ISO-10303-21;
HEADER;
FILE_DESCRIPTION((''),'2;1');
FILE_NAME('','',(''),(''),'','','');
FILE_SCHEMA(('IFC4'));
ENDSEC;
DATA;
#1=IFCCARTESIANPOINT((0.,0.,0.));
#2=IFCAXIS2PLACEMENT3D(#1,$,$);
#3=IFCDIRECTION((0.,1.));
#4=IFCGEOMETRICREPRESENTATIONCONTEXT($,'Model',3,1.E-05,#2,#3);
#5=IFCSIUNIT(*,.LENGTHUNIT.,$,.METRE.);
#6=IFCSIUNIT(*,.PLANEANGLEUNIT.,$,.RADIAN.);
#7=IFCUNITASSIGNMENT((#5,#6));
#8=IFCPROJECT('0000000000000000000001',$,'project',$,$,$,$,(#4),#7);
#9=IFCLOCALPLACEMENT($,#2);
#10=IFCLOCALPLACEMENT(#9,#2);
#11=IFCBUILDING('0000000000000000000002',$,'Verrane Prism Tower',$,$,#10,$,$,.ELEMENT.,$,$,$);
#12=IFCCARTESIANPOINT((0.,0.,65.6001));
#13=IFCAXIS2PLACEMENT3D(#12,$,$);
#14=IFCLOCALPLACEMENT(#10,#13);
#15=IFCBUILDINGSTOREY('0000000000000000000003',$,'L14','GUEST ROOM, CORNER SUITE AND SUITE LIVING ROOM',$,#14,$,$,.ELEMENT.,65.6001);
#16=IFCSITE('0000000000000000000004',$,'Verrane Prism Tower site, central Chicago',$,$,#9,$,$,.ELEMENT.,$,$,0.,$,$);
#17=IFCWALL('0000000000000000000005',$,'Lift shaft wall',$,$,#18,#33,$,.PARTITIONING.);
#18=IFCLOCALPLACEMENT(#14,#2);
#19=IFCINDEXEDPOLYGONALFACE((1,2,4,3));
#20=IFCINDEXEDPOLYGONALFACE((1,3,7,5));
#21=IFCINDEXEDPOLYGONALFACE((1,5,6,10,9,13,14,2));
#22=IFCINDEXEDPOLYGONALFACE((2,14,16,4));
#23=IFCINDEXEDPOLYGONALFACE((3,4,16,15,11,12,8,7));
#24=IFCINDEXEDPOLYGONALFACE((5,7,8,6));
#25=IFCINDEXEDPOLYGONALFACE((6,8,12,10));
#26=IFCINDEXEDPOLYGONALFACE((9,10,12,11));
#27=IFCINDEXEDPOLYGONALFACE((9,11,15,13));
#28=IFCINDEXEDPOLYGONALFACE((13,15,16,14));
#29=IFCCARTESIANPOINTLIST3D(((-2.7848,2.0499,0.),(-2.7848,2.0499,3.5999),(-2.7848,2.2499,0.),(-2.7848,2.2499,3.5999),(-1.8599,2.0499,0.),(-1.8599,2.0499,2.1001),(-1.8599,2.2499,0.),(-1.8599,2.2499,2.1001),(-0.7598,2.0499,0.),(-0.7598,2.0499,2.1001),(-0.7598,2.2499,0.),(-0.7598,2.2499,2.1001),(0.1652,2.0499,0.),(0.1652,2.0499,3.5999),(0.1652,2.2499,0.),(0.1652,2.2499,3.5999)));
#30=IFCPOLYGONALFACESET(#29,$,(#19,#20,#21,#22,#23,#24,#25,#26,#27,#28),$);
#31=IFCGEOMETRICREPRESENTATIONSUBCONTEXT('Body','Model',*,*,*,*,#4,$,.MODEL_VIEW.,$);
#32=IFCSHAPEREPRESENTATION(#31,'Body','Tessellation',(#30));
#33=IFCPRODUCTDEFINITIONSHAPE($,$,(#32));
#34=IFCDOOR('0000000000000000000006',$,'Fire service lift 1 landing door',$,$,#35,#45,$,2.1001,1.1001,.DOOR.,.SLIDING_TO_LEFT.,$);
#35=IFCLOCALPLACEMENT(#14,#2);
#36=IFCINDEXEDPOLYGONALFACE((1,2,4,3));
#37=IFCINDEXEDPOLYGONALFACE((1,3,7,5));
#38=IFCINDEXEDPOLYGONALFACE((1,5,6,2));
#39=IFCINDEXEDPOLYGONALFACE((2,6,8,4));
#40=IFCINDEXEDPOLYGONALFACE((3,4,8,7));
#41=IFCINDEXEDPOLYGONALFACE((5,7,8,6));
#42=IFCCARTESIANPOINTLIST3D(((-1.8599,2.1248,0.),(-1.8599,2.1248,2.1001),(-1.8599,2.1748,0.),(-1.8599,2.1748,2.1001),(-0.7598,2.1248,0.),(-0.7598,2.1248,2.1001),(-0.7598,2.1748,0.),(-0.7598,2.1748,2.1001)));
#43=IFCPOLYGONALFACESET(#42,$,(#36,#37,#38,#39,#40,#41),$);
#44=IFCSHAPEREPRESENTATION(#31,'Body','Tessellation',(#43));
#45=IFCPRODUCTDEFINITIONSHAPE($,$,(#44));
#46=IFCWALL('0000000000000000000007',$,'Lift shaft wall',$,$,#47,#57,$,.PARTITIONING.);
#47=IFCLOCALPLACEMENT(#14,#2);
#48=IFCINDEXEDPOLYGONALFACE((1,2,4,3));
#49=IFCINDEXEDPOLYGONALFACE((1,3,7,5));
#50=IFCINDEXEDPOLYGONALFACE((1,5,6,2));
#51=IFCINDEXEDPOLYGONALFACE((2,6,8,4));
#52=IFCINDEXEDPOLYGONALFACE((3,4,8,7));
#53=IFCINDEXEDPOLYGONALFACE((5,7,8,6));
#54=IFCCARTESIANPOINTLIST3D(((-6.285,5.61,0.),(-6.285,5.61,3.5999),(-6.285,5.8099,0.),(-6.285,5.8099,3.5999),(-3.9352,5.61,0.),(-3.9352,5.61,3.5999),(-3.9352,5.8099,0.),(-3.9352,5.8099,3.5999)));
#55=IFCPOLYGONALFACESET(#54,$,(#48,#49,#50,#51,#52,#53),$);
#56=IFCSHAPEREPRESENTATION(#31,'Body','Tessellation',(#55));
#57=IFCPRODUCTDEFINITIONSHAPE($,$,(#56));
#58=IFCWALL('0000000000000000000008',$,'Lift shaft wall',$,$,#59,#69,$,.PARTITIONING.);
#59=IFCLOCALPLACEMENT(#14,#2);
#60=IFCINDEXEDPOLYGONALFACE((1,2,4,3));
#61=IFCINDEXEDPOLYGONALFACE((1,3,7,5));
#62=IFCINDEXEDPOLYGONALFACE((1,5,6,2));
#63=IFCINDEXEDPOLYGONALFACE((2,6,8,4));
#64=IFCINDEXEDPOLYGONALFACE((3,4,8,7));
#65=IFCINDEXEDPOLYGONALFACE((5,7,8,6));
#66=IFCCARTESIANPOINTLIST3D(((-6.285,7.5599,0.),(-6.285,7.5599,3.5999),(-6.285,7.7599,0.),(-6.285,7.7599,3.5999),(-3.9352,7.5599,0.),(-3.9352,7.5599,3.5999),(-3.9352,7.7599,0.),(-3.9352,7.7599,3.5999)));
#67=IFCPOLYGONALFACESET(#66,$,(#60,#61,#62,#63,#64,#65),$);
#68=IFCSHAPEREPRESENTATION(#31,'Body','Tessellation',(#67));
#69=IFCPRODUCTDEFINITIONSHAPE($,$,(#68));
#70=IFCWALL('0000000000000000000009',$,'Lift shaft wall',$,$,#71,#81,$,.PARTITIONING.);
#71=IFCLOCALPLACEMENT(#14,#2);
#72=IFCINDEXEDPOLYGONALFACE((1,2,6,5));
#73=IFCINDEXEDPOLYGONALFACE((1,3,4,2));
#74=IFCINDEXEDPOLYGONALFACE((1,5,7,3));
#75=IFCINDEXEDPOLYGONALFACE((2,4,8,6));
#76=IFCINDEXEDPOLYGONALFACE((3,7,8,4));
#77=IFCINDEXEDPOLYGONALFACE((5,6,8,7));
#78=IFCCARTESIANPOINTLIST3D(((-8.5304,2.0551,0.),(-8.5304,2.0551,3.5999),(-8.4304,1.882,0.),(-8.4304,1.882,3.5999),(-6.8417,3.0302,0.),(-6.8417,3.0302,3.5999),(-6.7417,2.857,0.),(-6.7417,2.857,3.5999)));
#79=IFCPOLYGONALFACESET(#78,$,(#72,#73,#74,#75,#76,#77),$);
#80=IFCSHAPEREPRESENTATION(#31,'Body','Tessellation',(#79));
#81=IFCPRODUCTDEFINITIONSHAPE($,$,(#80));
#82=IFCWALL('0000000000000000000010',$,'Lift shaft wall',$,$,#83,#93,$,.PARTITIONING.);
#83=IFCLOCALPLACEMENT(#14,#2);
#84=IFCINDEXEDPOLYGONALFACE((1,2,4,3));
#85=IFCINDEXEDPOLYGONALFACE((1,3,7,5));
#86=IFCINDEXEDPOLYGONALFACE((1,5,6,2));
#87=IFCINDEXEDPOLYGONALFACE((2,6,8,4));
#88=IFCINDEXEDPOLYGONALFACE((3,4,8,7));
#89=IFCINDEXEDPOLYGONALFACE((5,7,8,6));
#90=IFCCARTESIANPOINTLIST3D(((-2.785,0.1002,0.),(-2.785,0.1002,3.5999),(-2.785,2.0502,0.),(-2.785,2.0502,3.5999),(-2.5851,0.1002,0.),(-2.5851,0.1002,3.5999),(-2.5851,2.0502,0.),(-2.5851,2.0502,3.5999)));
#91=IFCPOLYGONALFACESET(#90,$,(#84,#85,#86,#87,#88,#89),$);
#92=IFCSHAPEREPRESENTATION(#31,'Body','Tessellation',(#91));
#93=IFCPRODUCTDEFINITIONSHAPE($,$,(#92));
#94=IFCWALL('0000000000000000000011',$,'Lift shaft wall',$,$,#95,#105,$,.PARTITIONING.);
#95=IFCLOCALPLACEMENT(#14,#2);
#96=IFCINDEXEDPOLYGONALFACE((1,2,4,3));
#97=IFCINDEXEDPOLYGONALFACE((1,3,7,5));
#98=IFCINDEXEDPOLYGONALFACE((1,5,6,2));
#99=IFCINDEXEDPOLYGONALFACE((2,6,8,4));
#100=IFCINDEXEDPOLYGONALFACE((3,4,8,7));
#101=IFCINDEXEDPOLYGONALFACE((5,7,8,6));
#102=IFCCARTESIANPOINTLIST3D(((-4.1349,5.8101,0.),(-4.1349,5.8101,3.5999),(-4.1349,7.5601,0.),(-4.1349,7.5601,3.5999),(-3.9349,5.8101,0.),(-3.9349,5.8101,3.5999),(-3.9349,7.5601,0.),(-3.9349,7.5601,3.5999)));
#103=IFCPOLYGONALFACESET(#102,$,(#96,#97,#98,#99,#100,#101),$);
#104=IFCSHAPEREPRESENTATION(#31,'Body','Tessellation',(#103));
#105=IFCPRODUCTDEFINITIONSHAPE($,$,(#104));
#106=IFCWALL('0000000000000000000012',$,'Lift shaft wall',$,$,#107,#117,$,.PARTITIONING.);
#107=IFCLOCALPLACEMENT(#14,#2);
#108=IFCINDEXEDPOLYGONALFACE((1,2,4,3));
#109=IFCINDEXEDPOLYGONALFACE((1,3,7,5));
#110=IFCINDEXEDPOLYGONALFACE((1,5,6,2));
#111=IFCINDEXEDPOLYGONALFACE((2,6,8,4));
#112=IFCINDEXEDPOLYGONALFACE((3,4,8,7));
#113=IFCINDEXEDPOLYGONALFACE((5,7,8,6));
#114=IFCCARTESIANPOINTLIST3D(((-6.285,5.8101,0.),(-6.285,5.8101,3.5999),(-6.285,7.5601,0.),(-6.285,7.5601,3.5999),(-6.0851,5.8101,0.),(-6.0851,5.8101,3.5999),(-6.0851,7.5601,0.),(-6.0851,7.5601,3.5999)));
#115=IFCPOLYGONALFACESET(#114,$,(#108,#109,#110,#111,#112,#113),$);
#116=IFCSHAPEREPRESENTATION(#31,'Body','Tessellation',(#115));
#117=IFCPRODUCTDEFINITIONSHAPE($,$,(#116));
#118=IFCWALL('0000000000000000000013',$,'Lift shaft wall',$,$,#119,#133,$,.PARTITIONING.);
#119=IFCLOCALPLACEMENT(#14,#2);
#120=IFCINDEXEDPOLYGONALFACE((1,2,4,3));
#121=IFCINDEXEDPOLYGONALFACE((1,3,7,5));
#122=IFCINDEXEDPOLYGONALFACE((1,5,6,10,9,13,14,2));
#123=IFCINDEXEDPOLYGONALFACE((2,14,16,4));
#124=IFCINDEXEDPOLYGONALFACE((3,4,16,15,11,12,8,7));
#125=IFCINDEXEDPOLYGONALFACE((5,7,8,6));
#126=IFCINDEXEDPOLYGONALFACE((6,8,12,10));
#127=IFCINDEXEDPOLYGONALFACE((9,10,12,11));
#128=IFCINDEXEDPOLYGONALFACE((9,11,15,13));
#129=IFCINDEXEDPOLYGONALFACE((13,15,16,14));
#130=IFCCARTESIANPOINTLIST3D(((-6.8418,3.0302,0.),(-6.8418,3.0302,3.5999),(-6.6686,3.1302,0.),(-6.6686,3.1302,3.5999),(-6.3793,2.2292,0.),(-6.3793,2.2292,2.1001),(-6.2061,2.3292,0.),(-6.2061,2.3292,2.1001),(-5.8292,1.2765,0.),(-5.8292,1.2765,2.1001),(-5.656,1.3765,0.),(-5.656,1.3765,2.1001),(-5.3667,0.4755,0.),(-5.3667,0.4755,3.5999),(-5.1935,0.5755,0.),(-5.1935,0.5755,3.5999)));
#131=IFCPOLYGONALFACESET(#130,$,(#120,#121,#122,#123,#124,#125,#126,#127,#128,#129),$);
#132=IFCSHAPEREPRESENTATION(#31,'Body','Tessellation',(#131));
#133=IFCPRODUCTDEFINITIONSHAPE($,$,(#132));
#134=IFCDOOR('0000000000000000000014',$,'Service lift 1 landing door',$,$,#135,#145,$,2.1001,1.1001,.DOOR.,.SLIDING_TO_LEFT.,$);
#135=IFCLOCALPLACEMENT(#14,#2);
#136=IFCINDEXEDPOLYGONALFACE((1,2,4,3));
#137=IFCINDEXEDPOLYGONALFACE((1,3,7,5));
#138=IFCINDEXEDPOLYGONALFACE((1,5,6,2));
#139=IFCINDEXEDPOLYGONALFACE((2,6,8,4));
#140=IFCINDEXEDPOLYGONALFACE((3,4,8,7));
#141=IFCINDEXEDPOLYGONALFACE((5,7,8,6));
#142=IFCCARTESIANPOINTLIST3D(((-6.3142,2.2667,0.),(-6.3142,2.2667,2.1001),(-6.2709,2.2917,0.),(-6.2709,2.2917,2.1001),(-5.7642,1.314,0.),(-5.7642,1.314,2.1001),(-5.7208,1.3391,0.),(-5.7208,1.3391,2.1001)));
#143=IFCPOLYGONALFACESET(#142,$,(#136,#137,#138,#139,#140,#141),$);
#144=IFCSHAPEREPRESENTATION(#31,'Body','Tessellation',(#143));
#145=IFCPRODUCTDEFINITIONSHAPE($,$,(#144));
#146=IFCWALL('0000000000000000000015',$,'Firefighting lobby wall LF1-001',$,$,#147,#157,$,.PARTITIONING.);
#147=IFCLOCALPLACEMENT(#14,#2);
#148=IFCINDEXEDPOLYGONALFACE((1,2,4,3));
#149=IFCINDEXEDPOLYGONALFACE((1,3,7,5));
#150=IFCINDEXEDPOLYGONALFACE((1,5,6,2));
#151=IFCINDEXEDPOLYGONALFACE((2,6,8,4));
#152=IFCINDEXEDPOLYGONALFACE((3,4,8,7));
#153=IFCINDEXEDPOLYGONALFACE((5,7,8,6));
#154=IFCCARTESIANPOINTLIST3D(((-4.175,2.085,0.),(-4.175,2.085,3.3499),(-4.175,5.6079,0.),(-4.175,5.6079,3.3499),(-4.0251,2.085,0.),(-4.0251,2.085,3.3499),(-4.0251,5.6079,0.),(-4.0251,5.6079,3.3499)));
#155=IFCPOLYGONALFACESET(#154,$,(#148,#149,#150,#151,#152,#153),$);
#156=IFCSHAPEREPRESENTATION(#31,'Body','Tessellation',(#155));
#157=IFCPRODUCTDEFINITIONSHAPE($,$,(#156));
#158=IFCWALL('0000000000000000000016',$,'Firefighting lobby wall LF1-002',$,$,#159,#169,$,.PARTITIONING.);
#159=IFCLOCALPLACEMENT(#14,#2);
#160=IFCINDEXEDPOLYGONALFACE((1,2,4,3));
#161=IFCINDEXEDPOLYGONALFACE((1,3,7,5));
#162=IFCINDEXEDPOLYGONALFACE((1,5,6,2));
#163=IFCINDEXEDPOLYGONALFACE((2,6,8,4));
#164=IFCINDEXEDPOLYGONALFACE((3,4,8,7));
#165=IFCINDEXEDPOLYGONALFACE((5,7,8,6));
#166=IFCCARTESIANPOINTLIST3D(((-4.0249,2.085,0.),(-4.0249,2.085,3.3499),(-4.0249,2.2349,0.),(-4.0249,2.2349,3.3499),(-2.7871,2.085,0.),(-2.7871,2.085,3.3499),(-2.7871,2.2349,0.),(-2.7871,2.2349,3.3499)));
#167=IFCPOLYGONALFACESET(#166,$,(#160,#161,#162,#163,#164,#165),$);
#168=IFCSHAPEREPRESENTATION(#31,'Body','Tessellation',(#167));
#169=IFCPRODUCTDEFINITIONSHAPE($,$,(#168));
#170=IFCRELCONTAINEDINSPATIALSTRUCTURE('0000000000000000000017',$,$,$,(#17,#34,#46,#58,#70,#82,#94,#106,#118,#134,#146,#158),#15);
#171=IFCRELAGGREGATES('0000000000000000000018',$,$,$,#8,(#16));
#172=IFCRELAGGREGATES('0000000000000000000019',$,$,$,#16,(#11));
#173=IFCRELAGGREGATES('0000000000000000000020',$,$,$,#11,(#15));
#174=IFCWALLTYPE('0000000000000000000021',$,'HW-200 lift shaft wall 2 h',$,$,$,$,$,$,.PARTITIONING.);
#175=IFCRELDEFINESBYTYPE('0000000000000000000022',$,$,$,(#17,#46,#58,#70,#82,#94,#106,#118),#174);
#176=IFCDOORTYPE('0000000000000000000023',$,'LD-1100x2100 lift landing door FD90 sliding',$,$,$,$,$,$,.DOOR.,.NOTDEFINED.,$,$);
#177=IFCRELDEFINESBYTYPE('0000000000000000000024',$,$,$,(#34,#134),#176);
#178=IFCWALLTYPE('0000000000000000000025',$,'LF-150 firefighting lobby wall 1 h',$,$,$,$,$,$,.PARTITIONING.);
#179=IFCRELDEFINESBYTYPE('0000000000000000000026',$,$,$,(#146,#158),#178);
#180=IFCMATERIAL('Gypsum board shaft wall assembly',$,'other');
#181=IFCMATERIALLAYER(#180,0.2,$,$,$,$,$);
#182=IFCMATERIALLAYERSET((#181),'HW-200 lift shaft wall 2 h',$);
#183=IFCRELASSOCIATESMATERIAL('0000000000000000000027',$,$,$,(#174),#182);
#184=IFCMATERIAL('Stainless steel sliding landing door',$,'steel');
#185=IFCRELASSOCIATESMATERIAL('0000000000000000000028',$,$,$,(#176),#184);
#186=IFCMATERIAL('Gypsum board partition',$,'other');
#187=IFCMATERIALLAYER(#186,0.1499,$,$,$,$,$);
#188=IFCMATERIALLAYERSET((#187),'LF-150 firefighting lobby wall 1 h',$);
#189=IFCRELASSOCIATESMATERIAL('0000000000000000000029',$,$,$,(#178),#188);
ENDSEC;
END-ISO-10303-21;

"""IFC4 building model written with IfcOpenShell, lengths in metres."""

from ifc_helpers import new_model, si_unit, direction, frame, frame_2d, origin, place, context, subcontext, project, spatial, rectangle, extrude, material, layer, layer_set, type_object, element, fill, save


model = new_model("IFC4")

# Units and contexts
model_context = context("Model", 3, precision=1e-05, world=origin(), true_north=direction((0.0, 1.0)))
body_context = subcontext(model_context, "Body", "Model", "MODEL_VIEW")
ifc_project = project(units=[si_unit("LENGTHUNIT", "METRE"), si_unit("PLANEANGLEUNIT", "RADIAN")], contexts=[model_context])

# Site, building, storey
site_placement = place(None, origin())
site = spatial("IfcSite", under=ifc_project, at=site_placement, Name="Verrane Prism Tower site, central Chicago", CompositionType="ELEMENT", RefElevation=0.0)
building_placement = place(site_placement, origin())
building = spatial("IfcBuilding", under=site, at=building_placement, Name="Verrane Prism Tower", CompositionType="ELEMENT")
storey_placement = place(building_placement, frame((0.0, 0.0, 65.6001)))
storey = spatial("IfcBuildingStorey", under=building, at=storey_placement, Name="L14", Description="GUEST ROOM, CORNER SUITE AND SUITE LIVING ROOM", CompositionType="ELEMENT", Elevation=65.6001)

# Wall, opening, door
ifc_material_1 = material(Name="Gypsum board shaft wall assembly", Category="other")
ifc_layer_1 = layer(ifc_material_1, 0.2)
ifc_layer_set_1 = layer_set([ifc_layer_1], Name="HW-200 lift shaft wall 2 h")
wall_type_1 = type_object("IfcWallType", Name="HW-200 lift shaft wall 2 h", PredefinedType="PARTITIONING", material=ifc_layer_set_1)
wall_1_placement = place(storey_placement, frame((-2.7849, 2.1499, 0.0), z_axis=(0.0, 0.0, 1.0), x_axis=(1.0, 0.0, 0.0)))
wall_1 = element("IfcWall", 1, at=wall_1_placement, inside=storey, type_object=wall_type_1, Name="Lift shaft wall", PredefinedType="PARTITIONING", context=body_context, shape_type="SweptSolid", body=[
    extrude(rectangle(XDim=2.95, YDim=0.2, at=frame_2d((1.4751, 0.0))), origin(), (0.0, 0.0, 1.0), 3.5999),
])
opening_1_placement = place(wall_1_placement, frame((0.925, 0.0, 0.0)))
opening_1 = element("IfcOpeningElement", 2, at=opening_1_placement, cuts=wall_1, PredefinedType="OPENING", context=body_context, shape_type="SweptSolid", body=[
    extrude(rectangle(XDim=1.1001, YDim=2.1001, at=frame_2d((0.55, 1.05))), frame((0.0, 0.1099, 0.0), z_axis=(0.0, -1.0, 0.0), x_axis=(1.0, 0.0, 0.0)), (0.0, 0.0, 1.0), 0.22),
])
ifc_material_2 = material(Name="Stainless steel sliding landing door", Category="steel")
door_type_1 = type_object("IfcDoorType", Name="LD-1100x2100 lift landing door FD90 sliding", OperationType="NOTDEFINED", PredefinedType="DOOR", material=ifc_material_2)
door_1_placement = place(opening_1_placement, origin())
door_1 = element("IfcDoor", 3, at=door_1_placement, inside=storey, type_object=door_type_1, Name="Fire service lift 1 landing door", OperationType="SLIDING_TO_LEFT", OverallHeight=2.1001, OverallWidth=1.1001, PredefinedType="DOOR", context=body_context, shape_type="SweptSolid", body=[
    extrude(rectangle(XDim=1.1001, YDim=2.1001, at=frame_2d((0.55, 1.05))), frame((0.0, 0.0249, 0.0), z_axis=(0.0, -1.0, 0.0), x_axis=(1.0, 0.0, 0.0)), (0.0, 0.0, 1.0), 0.05),
])
fill(opening_1, door_1)

# Walls
for number, where, z_axis, x_axis, name in (
    (4, (-6.2849, 5.71, 0.0), (0.0, 0.0, 1.0), (1.0, 0.0, 0.0), "Lift shaft wall"),
    (5, (-6.2849, 7.6599, 0.0), (0.0, 0.0, 1.0), (1.0, 0.0, 0.0), "Lift shaft wall"),
):
    element("IfcWall", number, at=place(storey_placement, frame(where, z_axis=z_axis, x_axis=x_axis)), inside=storey, type_object=wall_type_1, Name=name, PredefinedType="PARTITIONING", context=body_context, shape_type="SweptSolid", body=[
        extrude(rectangle(XDim=2.3499, YDim=0.2, at=frame_2d((1.1748, 0.0))), origin(), (0.0, 0.0, 1.0), 3.5999),
    ])
for number, where, z_axis, x_axis, name in (
    (6, (-8.4805, 1.9685, 0.0), (0.0, 0.0, 1.0), (0.866, 0.500044, 0.0), "Lift shaft wall"),
    (7, (-2.6851, 0.1001, 0.0), (0.0, 0.0, 1.0), (0.0, 1.0, 0.0), "Lift shaft wall"),
):
    element("IfcWall", number, at=place(storey_placement, frame(where, z_axis=z_axis, x_axis=x_axis)), inside=storey, type_object=wall_type_1, Name=name, PredefinedType="PARTITIONING", context=body_context, shape_type="SweptSolid", body=[
        extrude(rectangle(XDim=1.95, YDim=0.2, at=frame_2d((0.9751, 0.0))), origin(), (0.0, 0.0, 1.0), 3.5999),
    ])
for number, where, z_axis, x_axis, name in (
    (8, (-4.0349, 5.8101, 0.0), (0.0, 0.0, 1.0), (0.0, 1.0, 0.0), "Lift shaft wall"),
    (9, (-6.1851, 5.8101, 0.0), (0.0, 0.0, 1.0), (0.0, 1.0, 0.0), "Lift shaft wall"),
):
    element("IfcWall", number, at=place(storey_placement, frame(where, z_axis=z_axis, x_axis=x_axis)), inside=storey, type_object=wall_type_1, Name=name, PredefinedType="PARTITIONING", context=body_context, shape_type="SweptSolid", body=[
        extrude(rectangle(XDim=1.75, YDim=0.2, at=frame_2d((0.875, 0.0))), origin(), (0.0, 0.0, 1.0), 3.5999),
    ])

# Wall, opening, door
wall_2_placement = place(storey_placement, frame((-5.28, 0.5254, 0.0), z_axis=(0.0, 0.0, 1.0), x_axis=(-0.500038, 0.866004, 0.0)))
wall_2 = element("IfcWall", 10, at=wall_2_placement, inside=storey, type_object=wall_type_1, Name="Lift shaft wall", PredefinedType="PARTITIONING", context=body_context, shape_type="SweptSolid", body=[
    extrude(rectangle(XDim=2.95, YDim=0.2, at=frame_2d((1.4751, 0.0))), origin(), (0.0, 0.0, 1.0), 3.5999),
])
opening_2_placement = place(wall_2_placement, frame((0.925, 0.0, 0.0)))
opening_2 = element("IfcOpeningElement", 11, at=opening_2_placement, cuts=wall_2, PredefinedType="OPENING", context=body_context, shape_type="SweptSolid", body=[
    extrude(rectangle(XDim=1.1001, YDim=2.1001, at=frame_2d((0.55, 1.05))), frame((0.0, 0.1099, 0.0), z_axis=(0.0, -1.0, 0.0), x_axis=(1.0, 0.0, 0.0)), (0.0, 0.0, 1.0), 0.22),
])
door_2_placement = place(opening_2_placement, origin())
door_2 = element("IfcDoor", 12, at=door_2_placement, inside=storey, type_object=door_type_1, Name="Service lift 1 landing door", OperationType="SLIDING_TO_LEFT", OverallHeight=2.1001, OverallWidth=1.1001, PredefinedType="DOOR", context=body_context, shape_type="SweptSolid", body=[
    extrude(rectangle(XDim=1.1001, YDim=2.1001, at=frame_2d((0.55, 1.05))), frame((0.0, 0.0249, 0.0), z_axis=(0.0, -1.0, 0.0), x_axis=(1.0, 0.0, 0.0)), (0.0, 0.0, 1.0), 0.05),
])
fill(opening_2, door_2)

# Walls
ifc_material_3 = material(Name="Gypsum board partition", Category="other")
ifc_layer_2 = layer(ifc_material_3, 0.1499)
ifc_layer_set_2 = layer_set([ifc_layer_2], Name="LF-150 firefighting lobby wall 1 h")
wall_type_2 = type_object("IfcWallType", Name="LF-150 firefighting lobby wall 1 h", PredefinedType="PARTITIONING", material=ifc_layer_set_2)
wall_3_placement = place(storey_placement, frame((-4.1001, 2.085, 0.0), z_axis=(0.0, 0.0, 1.0), x_axis=(0.0, 1.0, 0.0)))
element("IfcWall", 13, at=wall_3_placement, inside=storey, type_object=wall_type_2, Name="Firefighting lobby wall LF1-001", PredefinedType="PARTITIONING", context=body_context, shape_type="SweptSolid", body=[
    extrude(rectangle(XDim=3.5229, YDim=0.1499, at=frame_2d((1.7615, 0.0))), origin(), (0.0, 0.0, 1.0), 3.3499),
])
wall_4_placement = place(storey_placement, frame((-4.0249, 2.1599, 0.0), z_axis=(0.0, 0.0, 1.0), x_axis=(1.0, 0.0, 0.0)))
element("IfcWall", 14, at=wall_4_placement, inside=storey, type_object=wall_type_2, Name="Firefighting lobby wall LF1-002", PredefinedType="PARTITIONING", context=body_context, shape_type="SweptSolid", body=[
    extrude(rectangle(XDim=1.2378, YDim=0.1499, at=frame_2d((0.6189, 0.0))), origin(), (0.0, 0.0, 1.0), 3.3499),
])

save(model, "model.ifc")
